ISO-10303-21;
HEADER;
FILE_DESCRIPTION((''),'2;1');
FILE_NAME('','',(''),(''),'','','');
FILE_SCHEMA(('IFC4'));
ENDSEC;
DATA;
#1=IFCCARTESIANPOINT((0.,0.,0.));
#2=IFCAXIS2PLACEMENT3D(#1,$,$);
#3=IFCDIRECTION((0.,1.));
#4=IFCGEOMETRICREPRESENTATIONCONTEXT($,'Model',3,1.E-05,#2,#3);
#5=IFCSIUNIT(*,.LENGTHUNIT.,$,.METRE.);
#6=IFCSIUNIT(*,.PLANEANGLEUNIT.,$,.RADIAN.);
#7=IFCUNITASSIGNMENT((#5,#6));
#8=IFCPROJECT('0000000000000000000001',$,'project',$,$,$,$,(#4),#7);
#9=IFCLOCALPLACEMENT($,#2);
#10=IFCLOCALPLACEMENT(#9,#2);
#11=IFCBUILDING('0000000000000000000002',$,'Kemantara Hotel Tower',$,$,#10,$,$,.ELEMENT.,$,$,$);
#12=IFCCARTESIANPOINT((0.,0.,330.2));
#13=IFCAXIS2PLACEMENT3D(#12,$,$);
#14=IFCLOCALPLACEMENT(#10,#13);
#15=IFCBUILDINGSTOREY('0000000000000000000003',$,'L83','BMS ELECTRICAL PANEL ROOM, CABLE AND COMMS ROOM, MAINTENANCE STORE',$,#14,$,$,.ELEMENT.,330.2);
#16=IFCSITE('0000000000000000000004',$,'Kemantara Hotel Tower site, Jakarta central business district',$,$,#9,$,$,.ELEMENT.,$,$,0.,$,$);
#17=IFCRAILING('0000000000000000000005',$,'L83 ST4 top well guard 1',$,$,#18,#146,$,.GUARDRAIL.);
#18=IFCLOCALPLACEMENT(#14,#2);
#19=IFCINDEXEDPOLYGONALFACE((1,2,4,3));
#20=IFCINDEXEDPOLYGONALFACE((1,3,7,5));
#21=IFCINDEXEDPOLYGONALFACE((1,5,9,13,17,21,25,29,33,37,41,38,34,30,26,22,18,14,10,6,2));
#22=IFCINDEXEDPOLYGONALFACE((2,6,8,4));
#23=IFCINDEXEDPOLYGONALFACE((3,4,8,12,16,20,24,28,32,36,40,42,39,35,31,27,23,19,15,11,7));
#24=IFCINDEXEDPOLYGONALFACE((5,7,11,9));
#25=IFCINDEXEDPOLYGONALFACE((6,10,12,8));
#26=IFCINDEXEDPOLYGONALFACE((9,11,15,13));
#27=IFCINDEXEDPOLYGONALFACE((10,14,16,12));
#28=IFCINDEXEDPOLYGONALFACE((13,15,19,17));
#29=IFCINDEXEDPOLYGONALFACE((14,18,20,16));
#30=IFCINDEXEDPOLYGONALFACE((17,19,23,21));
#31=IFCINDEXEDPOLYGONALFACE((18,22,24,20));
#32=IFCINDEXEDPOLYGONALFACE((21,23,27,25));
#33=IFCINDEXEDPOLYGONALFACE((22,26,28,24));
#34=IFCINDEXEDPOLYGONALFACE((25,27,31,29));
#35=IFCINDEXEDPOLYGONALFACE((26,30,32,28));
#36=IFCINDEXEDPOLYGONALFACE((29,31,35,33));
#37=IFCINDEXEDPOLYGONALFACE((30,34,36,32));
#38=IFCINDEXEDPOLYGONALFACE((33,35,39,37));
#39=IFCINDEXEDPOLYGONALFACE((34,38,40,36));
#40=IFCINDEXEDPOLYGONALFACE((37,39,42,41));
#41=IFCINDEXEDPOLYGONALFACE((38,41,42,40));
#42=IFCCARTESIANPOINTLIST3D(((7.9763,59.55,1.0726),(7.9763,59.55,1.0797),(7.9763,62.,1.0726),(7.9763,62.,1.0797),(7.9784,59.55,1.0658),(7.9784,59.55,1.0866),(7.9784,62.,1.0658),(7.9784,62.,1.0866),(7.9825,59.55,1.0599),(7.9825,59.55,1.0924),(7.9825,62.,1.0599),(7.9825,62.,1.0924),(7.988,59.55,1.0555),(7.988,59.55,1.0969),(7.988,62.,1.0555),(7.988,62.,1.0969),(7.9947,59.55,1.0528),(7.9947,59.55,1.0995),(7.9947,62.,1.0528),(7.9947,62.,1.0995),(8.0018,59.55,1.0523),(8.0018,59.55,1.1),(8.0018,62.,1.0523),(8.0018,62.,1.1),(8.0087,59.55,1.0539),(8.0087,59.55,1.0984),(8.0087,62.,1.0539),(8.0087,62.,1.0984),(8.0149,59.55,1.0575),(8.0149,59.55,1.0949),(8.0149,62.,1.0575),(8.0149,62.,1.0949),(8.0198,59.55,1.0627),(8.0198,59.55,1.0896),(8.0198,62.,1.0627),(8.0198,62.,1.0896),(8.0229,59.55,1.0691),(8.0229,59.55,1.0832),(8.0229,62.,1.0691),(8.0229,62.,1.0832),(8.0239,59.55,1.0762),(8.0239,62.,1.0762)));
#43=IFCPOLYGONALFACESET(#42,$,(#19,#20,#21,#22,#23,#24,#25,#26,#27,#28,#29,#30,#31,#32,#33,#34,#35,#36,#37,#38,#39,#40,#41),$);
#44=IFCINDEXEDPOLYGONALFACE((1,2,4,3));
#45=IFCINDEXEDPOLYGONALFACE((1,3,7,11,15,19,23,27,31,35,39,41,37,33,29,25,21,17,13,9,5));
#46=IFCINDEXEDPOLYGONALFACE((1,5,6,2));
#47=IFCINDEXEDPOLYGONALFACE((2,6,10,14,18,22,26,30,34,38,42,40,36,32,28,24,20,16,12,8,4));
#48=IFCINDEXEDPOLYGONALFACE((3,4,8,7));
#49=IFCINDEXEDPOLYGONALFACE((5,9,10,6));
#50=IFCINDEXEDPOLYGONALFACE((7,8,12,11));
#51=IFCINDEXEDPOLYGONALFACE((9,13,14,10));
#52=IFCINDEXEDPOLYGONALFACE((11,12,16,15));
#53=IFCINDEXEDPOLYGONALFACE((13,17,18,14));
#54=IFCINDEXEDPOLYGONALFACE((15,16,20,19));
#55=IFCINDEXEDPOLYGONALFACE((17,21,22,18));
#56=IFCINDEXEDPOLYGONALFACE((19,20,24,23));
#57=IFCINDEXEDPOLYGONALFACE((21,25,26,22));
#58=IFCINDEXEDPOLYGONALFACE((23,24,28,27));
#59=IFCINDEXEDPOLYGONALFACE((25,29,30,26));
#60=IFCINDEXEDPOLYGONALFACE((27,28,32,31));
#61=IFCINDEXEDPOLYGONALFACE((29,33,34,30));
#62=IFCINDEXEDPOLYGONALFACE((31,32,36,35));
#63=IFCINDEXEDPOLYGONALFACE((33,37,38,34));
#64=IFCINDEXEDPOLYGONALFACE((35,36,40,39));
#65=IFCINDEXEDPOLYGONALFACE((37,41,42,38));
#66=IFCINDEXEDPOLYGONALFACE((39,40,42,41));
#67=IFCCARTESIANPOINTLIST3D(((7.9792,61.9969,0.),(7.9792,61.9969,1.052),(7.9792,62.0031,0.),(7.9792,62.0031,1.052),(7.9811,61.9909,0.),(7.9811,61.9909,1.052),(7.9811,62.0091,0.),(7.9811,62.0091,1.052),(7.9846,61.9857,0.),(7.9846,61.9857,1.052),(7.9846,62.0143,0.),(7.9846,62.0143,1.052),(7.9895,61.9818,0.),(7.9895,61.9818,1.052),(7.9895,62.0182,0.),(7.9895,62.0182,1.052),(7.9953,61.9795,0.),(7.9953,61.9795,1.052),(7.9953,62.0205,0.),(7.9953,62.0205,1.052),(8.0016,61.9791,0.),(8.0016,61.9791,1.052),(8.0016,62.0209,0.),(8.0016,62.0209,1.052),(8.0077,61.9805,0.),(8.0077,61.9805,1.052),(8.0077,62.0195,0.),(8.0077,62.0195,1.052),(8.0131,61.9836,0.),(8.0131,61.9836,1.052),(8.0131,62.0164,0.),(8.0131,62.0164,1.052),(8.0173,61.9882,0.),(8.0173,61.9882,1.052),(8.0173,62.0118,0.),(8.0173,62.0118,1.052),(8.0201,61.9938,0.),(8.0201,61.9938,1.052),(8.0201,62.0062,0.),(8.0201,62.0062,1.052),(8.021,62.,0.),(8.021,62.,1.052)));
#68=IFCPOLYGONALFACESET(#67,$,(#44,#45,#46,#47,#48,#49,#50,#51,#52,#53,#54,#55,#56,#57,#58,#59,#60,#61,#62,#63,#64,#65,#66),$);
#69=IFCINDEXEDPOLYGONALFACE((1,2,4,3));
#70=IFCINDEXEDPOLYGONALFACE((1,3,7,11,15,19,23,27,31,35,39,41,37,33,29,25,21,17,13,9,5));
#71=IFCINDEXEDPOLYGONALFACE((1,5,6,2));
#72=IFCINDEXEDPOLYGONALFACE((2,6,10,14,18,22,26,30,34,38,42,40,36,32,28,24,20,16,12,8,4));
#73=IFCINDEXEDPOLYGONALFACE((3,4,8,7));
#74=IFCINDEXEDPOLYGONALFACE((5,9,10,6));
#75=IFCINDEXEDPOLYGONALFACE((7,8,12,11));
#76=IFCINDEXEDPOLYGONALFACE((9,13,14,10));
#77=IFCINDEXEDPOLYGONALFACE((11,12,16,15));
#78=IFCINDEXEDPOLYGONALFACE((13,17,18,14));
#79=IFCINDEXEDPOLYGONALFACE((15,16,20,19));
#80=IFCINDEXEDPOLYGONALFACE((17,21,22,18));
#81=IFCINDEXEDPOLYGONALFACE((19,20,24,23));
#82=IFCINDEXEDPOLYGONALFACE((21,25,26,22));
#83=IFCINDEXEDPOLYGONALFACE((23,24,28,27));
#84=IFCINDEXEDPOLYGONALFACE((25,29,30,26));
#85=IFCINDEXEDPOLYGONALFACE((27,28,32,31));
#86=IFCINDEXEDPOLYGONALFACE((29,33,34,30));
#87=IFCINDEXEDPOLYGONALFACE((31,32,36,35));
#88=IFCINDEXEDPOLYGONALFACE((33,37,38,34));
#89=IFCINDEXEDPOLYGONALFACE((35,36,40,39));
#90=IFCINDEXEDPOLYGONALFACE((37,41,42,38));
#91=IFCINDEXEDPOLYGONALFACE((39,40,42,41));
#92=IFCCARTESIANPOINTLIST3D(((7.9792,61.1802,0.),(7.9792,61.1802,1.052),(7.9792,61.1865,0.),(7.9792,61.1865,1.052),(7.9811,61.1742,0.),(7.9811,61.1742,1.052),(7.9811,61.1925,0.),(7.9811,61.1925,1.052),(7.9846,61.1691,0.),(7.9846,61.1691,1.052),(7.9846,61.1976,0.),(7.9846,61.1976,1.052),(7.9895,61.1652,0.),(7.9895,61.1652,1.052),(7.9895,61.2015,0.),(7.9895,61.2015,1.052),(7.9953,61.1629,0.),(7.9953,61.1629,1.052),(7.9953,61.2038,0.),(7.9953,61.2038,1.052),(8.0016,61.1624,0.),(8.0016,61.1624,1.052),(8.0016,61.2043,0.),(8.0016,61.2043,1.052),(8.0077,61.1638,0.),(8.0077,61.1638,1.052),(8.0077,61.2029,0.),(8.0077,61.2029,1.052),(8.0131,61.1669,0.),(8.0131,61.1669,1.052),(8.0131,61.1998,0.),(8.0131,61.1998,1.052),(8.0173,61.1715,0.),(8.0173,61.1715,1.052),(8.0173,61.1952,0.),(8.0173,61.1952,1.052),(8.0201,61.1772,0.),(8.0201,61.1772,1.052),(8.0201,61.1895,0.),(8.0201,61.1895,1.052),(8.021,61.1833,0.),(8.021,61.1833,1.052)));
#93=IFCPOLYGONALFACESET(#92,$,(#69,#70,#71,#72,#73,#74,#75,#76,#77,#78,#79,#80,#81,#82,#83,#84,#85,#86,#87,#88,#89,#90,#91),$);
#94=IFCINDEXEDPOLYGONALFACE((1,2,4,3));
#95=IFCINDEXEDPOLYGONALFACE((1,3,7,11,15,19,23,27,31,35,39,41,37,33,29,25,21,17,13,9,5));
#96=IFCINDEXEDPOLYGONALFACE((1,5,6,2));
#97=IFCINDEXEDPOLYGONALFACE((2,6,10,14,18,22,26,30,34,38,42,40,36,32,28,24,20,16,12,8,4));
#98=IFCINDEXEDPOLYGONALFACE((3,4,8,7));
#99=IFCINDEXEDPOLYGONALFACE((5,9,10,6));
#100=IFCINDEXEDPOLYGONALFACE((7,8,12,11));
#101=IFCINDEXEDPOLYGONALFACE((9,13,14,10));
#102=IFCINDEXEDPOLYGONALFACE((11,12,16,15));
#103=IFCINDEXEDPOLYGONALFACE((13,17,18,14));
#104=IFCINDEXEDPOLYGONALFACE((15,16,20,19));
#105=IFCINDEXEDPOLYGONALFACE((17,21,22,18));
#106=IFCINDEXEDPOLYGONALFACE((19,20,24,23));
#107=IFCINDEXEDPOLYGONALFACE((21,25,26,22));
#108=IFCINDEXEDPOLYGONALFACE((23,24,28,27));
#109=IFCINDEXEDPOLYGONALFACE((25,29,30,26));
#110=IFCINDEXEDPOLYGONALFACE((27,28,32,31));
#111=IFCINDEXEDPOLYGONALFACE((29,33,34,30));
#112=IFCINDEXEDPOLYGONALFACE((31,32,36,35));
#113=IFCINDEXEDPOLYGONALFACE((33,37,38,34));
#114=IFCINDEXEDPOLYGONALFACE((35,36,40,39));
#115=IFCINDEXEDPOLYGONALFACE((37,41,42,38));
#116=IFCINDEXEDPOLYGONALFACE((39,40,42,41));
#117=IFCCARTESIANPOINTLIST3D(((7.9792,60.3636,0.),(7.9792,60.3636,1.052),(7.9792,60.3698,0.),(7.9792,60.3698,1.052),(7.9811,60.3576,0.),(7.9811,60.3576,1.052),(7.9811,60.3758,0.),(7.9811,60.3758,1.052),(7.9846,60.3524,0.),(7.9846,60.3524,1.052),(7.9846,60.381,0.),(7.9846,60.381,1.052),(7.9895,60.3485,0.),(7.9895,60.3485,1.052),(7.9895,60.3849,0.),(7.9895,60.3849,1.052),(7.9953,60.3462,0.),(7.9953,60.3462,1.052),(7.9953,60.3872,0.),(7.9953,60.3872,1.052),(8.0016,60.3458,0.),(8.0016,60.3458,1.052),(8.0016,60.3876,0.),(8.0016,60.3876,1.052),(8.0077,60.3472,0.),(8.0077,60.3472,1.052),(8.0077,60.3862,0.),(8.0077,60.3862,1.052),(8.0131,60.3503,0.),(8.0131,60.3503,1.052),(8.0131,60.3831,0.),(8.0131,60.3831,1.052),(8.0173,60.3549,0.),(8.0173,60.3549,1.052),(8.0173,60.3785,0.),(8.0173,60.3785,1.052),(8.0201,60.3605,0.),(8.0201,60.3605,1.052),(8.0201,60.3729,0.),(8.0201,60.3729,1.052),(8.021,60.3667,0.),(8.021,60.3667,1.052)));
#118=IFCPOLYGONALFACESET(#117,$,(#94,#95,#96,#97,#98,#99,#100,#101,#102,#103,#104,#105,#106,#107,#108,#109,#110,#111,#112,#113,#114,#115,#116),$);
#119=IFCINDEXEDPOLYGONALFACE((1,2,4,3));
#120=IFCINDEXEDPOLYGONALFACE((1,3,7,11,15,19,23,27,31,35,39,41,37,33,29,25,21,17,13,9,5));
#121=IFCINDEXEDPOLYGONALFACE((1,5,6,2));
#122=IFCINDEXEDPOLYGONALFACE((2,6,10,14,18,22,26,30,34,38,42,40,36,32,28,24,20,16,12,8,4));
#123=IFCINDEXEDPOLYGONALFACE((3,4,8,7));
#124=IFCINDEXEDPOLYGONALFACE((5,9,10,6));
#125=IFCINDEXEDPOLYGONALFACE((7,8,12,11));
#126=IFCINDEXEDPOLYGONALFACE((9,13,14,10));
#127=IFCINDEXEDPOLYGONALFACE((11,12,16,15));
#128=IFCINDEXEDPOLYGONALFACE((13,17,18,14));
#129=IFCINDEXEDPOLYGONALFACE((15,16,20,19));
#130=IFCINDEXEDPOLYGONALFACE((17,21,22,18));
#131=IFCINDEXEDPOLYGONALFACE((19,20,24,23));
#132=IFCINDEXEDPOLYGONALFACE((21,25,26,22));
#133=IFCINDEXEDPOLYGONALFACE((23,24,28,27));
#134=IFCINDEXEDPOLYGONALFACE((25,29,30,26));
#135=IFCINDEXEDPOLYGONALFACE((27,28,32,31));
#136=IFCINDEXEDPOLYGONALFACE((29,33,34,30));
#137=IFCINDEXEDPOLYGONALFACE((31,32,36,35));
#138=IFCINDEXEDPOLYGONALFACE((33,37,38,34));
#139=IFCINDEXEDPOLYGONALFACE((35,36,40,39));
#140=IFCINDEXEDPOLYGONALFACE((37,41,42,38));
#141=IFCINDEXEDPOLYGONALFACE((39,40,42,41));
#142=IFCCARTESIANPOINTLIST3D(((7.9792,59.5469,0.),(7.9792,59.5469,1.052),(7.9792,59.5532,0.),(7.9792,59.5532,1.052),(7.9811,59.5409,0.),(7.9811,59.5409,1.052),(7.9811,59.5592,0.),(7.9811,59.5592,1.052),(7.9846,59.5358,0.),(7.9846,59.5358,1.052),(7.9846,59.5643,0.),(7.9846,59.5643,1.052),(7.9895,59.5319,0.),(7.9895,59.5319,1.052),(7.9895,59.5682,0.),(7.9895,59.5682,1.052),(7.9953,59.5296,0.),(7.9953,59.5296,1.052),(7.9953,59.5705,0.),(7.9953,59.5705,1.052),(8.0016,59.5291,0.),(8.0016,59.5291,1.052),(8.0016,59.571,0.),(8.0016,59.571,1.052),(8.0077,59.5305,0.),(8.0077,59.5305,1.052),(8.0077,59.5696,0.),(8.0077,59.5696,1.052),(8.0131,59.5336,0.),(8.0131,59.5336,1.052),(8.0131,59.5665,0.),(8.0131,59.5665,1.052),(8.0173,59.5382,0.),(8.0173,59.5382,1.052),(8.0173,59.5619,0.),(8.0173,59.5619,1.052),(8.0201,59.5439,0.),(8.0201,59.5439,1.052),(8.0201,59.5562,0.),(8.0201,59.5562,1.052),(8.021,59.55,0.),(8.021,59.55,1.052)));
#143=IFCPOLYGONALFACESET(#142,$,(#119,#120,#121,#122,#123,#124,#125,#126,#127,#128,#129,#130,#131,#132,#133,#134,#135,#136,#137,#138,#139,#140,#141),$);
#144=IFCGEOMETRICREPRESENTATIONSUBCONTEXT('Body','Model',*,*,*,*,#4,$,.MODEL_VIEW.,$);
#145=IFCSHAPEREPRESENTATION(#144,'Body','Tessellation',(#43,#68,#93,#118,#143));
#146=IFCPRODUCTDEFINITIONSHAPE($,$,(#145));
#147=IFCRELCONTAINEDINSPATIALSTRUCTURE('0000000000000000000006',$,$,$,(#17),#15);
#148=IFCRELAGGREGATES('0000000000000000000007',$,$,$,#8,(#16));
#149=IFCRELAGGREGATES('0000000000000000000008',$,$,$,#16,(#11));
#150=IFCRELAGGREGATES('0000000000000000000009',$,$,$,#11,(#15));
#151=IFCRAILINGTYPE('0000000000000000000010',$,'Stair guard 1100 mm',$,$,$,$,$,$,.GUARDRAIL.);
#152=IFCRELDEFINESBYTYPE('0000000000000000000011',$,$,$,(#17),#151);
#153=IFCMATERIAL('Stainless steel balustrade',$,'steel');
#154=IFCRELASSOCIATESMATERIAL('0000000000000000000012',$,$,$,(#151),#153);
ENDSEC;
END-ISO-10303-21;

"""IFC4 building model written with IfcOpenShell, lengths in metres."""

from ifc_helpers import new_model, si_unit, direction, frame, origin, origin_2d, place, context, subcontext, project, spatial, circle, extrude, material, type_object, element, save


model = new_model("IFC4")

# Units and contexts
model_context = context("Model", 3, precision=1e-05, world=origin(), true_north=direction((0.0, 1.0)))
body_context = subcontext(model_context, "Body", "Model", "MODEL_VIEW")
ifc_project = project(units=[si_unit("LENGTHUNIT", "METRE"), si_unit("PLANEANGLEUNIT", "RADIAN")], contexts=[model_context])

# Site, building, storey
site_placement = place(None, origin())
site = spatial("IfcSite", under=ifc_project, at=site_placement, Name="Kemantara Hotel Tower site, Jakarta central business district", CompositionType="ELEMENT", RefElevation=0.0)
building_placement = place(site_placement, origin())
building = spatial("IfcBuilding", under=site, at=building_placement, Name="Kemantara Hotel Tower", CompositionType="ELEMENT")
storey_placement = place(building_placement, frame((0.0, 0.0, 330.2)))
storey = spatial("IfcBuildingStorey", under=building, at=storey_placement, Name="L83", Description="BMS ELECTRICAL PANEL ROOM, CABLE AND COMMS ROOM, MAINTENANCE STORE", CompositionType="ELEMENT", Elevation=330.2)

# Railing
ifc_material_1 = material(Name="Stainless steel balustrade", Category="steel")
railing_type = type_object("IfcRailingType", Name="Stair guard 1100 mm", PredefinedType="GUARDRAIL", material=ifc_material_1)
railing_placement = place(storey_placement, frame((8.0, 62.0, 0.0)))
element("IfcRailing", 1, at=railing_placement, inside=storey, type_object=railing_type, Name="L83 ST4 top well guard 1", PredefinedType="GUARDRAIL", context=body_context, shape_type="SweptSolid", body=[
    extrude(circle(Radius=0.0239, at=origin_2d()), frame((0.0, 0.0, 1.0762), z_axis=(0.0, -1.0, 0.0), x_axis=(1.0, 0.0, 0.0)), (0.0, 0.0, 1.0), 2.45),
    extrude(circle(Radius=0.021, at=origin_2d()), origin(), (0.0, 0.0, 1.0), 1.052),
    extrude(circle(Radius=0.021, at=origin_2d()), frame((0.0, -0.8167, 0.0)), (0.0, 0.0, 1.0), 1.052),
    extrude(circle(Radius=0.021, at=origin_2d()), frame((0.0, -1.6333, 0.0)), (0.0, 0.0, 1.0), 1.052),
    extrude(circle(Radius=0.021, at=origin_2d()), frame((0.0, -2.45, 0.0)), (0.0, 0.0, 1.0), 1.052),
])

save(model, "model.ifc")
